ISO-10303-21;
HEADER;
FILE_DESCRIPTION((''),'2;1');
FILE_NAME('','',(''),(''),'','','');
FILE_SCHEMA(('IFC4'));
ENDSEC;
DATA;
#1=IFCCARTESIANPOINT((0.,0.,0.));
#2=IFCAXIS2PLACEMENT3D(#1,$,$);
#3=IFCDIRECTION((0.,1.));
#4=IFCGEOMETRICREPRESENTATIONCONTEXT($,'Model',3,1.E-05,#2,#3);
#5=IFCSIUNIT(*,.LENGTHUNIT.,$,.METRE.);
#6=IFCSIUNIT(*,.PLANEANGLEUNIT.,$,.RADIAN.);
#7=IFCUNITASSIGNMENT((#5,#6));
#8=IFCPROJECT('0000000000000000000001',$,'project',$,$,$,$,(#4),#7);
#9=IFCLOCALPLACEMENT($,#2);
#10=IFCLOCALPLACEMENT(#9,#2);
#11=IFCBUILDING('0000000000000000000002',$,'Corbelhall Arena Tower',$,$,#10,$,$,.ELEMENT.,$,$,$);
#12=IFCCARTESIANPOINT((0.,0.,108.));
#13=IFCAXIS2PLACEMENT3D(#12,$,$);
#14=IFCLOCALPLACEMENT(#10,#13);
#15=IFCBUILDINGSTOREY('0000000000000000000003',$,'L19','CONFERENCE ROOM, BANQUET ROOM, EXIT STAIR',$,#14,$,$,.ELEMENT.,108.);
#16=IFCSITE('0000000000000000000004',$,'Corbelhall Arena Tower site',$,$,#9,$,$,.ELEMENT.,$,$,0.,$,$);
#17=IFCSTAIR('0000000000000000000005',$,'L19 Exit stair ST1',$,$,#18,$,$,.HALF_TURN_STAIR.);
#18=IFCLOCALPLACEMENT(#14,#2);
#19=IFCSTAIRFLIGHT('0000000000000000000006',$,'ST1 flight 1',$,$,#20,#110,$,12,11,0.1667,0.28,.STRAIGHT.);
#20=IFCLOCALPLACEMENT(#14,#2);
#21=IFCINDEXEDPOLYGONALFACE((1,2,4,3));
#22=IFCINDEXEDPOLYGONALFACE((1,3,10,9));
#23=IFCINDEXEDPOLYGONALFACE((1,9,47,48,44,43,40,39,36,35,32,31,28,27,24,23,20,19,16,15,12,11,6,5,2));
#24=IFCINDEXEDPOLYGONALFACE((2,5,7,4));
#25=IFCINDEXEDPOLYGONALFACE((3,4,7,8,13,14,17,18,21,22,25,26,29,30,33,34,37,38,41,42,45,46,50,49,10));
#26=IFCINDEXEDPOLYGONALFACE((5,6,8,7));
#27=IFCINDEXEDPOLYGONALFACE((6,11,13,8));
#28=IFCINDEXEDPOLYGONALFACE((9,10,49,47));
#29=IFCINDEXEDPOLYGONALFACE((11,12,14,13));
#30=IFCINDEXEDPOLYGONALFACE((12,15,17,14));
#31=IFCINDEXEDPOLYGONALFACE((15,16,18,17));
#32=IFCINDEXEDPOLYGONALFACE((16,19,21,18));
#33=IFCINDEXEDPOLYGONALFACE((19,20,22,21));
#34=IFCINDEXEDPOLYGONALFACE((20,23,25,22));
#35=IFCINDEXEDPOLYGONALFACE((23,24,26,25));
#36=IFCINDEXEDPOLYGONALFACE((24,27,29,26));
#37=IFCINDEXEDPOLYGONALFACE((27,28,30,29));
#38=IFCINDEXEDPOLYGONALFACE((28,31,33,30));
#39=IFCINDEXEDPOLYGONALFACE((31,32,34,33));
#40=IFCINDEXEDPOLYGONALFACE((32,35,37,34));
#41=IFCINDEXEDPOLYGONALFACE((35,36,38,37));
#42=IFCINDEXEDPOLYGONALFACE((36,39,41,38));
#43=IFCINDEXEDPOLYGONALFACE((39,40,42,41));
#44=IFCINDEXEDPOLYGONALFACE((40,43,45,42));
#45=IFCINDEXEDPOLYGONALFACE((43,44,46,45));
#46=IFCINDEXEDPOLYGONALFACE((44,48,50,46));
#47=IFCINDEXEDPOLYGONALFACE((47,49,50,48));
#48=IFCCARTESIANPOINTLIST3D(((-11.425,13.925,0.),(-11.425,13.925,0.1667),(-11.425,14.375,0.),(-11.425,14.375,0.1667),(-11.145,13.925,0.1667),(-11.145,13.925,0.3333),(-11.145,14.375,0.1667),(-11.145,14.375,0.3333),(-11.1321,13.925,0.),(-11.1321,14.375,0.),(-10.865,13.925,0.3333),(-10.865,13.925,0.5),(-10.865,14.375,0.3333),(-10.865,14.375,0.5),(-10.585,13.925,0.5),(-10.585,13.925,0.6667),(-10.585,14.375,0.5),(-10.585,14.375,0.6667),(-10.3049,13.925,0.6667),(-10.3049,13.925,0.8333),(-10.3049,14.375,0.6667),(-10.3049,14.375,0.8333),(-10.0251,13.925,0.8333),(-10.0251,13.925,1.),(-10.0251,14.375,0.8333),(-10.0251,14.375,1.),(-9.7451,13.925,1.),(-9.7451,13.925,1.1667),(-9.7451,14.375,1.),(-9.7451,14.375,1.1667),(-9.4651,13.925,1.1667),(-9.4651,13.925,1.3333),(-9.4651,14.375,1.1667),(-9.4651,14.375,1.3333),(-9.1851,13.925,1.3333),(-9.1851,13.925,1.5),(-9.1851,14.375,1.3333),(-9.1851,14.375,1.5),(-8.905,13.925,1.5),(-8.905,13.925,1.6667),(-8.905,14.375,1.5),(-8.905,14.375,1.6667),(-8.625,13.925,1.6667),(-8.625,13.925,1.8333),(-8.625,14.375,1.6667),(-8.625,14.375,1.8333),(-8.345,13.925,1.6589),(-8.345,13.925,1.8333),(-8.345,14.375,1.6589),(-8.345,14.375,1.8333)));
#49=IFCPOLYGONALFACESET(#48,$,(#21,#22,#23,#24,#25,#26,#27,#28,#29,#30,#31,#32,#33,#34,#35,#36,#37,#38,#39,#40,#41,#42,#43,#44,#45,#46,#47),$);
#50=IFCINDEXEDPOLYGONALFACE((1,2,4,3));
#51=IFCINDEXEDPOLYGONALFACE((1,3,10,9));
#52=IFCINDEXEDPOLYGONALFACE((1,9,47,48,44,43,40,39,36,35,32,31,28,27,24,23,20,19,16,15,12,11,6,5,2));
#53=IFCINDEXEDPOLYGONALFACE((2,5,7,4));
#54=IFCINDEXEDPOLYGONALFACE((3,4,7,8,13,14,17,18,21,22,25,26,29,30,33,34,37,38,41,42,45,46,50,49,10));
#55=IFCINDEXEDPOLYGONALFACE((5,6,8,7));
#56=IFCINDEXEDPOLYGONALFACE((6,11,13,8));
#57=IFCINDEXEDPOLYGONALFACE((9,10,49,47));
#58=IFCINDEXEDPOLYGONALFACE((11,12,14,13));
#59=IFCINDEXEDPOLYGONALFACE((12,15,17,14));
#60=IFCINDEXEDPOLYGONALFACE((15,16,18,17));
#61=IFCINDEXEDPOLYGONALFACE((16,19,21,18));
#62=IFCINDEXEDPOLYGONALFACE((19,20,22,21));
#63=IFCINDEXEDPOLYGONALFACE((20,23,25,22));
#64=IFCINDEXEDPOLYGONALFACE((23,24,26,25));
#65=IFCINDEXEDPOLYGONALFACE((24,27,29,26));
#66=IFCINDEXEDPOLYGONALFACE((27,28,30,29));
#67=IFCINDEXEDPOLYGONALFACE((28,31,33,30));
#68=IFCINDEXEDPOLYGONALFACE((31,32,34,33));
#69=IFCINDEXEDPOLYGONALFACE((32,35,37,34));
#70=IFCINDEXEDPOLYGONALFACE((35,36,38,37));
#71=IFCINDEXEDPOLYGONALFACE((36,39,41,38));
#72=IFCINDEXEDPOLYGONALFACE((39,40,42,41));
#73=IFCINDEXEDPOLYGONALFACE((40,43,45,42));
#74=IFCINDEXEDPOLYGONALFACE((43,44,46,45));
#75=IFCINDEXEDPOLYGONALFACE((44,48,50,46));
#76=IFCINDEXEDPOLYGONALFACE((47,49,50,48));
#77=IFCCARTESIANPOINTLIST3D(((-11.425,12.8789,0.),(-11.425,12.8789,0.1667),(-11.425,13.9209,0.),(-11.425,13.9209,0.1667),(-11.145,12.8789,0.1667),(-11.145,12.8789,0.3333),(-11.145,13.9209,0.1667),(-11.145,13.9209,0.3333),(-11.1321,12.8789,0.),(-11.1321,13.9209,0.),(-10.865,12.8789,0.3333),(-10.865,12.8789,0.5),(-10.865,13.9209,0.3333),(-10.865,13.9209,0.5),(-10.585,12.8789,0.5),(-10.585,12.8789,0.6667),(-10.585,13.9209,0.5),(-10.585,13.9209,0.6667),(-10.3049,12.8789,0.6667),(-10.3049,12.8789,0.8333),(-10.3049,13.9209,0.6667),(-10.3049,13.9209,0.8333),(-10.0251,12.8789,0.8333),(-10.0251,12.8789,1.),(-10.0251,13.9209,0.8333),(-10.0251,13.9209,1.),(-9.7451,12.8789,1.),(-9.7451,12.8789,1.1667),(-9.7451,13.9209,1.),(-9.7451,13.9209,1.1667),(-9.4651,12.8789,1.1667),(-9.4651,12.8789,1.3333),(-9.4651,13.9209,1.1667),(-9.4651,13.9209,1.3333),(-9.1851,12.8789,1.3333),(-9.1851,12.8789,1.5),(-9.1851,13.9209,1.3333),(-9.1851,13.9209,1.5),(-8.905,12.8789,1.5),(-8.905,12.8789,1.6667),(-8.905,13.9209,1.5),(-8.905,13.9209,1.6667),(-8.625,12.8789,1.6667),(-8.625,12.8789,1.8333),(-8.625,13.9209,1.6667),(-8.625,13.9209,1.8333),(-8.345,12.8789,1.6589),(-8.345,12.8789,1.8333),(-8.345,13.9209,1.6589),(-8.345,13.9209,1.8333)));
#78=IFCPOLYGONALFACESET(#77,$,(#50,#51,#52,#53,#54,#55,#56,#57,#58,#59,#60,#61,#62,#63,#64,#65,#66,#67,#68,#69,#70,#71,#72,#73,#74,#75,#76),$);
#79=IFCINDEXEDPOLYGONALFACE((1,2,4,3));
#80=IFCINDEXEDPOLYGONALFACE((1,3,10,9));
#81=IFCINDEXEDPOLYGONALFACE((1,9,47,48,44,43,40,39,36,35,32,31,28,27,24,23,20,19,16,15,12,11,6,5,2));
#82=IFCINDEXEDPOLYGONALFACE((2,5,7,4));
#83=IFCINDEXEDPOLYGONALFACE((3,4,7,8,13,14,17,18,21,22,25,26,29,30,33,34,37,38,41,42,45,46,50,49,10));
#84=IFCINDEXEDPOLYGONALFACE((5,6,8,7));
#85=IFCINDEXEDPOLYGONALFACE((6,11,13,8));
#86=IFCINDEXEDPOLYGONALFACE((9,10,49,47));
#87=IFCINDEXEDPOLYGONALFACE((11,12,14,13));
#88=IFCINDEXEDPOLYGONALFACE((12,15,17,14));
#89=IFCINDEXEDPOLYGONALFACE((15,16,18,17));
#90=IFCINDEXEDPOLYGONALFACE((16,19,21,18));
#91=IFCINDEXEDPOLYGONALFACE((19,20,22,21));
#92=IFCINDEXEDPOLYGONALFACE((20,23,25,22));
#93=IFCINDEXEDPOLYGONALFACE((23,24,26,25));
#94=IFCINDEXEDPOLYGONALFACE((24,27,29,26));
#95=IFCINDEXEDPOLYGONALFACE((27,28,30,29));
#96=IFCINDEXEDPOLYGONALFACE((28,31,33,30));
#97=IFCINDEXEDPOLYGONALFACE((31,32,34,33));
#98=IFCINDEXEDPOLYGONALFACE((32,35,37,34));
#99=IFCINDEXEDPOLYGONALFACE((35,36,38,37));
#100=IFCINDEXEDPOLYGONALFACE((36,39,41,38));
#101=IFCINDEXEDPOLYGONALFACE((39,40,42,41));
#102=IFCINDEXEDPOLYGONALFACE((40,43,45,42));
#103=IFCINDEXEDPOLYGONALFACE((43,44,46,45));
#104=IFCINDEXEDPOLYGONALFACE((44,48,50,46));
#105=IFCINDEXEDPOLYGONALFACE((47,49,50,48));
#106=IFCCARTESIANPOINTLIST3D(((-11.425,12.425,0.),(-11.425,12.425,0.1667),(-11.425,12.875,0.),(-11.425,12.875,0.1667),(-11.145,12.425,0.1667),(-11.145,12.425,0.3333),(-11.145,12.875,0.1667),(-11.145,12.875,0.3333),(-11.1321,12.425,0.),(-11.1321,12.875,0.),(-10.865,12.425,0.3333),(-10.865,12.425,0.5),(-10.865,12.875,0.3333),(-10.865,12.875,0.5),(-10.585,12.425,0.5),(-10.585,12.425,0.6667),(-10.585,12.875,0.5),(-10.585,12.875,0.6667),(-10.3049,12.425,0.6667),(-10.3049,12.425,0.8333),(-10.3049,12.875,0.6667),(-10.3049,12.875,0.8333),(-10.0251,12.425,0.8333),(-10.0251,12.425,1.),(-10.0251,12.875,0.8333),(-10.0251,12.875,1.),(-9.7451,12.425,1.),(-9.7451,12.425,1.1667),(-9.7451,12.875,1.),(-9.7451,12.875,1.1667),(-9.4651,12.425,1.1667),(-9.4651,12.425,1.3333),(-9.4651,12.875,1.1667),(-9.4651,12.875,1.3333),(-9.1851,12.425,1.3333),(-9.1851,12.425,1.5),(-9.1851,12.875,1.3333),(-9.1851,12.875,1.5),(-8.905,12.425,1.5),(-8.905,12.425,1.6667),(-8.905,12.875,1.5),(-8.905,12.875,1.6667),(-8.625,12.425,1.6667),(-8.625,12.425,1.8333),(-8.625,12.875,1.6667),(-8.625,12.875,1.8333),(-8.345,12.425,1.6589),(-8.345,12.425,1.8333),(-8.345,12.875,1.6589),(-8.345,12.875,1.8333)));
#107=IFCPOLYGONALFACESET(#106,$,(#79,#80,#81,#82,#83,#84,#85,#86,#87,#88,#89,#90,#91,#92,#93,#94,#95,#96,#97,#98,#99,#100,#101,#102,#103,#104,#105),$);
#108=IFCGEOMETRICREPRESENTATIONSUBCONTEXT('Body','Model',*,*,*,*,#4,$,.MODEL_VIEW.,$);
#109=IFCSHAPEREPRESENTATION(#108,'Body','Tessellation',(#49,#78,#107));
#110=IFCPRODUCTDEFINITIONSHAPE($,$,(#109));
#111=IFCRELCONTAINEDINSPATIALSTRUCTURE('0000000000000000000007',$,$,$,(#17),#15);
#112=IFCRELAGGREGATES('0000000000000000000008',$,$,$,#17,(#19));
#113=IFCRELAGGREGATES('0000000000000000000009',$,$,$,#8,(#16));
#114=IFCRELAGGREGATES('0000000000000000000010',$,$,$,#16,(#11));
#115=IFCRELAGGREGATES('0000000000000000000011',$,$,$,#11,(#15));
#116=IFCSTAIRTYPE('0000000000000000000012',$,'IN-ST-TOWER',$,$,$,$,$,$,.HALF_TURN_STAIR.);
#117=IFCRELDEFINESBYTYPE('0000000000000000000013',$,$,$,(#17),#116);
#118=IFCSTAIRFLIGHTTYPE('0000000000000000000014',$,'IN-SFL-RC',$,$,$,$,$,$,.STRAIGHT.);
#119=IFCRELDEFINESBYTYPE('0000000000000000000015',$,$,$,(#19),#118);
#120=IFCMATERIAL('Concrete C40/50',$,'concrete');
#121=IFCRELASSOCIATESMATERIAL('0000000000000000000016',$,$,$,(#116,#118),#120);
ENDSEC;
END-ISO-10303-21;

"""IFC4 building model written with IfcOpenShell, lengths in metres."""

from ifc_helpers import new_model, si_unit, direction, frame, origin, place, context, subcontext, project, spatial, polyline, outline, extrude, material, type_object, element, aggregate, save


model = new_model("IFC4")

# Units and contexts
model_context = context("Model", 3, precision=1e-05, world=origin(), true_north=direction((0.0, 1.0)))
body_context = subcontext(model_context, "Body", "Model", "MODEL_VIEW")
ifc_project = project(units=[si_unit("LENGTHUNIT", "METRE"), si_unit("PLANEANGLEUNIT", "RADIAN")], contexts=[model_context])

# Site, building, storey
site_placement = place(None, origin())
site = spatial("IfcSite", under=ifc_project, at=site_placement, Name="Corbelhall Arena Tower site", CompositionType="ELEMENT", RefElevation=0.0)
building_placement = place(site_placement, origin())
building = spatial("IfcBuilding", under=site, at=building_placement, Name="Corbelhall Arena Tower", CompositionType="ELEMENT")
storey_placement = place(building_placement, frame((0.0, 0.0, 108.0)))
storey = spatial("IfcBuildingStorey", under=building, at=storey_placement, Name="L19", Description="CONFERENCE ROOM, BANQUET ROOM, EXIT STAIR", CompositionType="ELEMENT", Elevation=108.0)

# Shared definitions
ifc_material_1 = material(Name="Concrete C40/50", Category="concrete")

# Stair, stair flight
stair_type = type_object("IfcStairType", Name="IN-ST-TOWER", PredefinedType="HALF_TURN_STAIR", material=ifc_material_1)
stair_placement = place(storey_placement, origin())
stair = element("IfcStair", 1, at=stair_placement, inside=storey, type_object=stair_type, Name="L19 Exit stair ST1", PredefinedType="HALF_TURN_STAIR")
stair_flight_type = type_object("IfcStairFlightType", Name="IN-SFL-RC", PredefinedType="STRAIGHT", material=ifc_material_1)
stair_flight_placement = place(storey_placement, frame((-11.425, 13.3999, 0.0), z_axis=(0.0, 0.0, 1.0), x_axis=(1.0, 0.0, 0.0)))
stair_flight = element("IfcStairFlight", 2, at=stair_flight_placement, type_object=stair_flight_type, Name="ST1 flight 1", NumberOfRisers=12, NumberOfTreads=11, PredefinedType="STRAIGHT", RiserHeight=0.1667, TreadLength=0.28, context=body_context, shape_type="SweptSolid", body=[
    extrude(outline(polyline([(0.0, 0.0), (0.0, 0.1667), (0.28, 0.1667), (0.28, 0.3333), (0.5601, 0.3333), (0.5601, 0.5), (0.8401, 0.5), (0.8401, 0.6667), (1.1201, 0.6667), (1.1201, 0.8333), (1.3999, 0.8333), (1.3999, 1.0), (1.6799, 1.0), (1.6799, 1.1667), (1.96, 1.1667), (1.96, 1.3333), (2.24, 1.3333), (2.24, 1.5), (2.52, 1.5), (2.52, 1.6667), (2.8, 1.6667), (2.8, 1.8333), (3.0801, 1.8333), (3.0801, 2.0), (3.0801, 1.6589), (0.293, 0.0), (0.0, 0.0)])), frame((0.0, 0.9751, 0.0), z_axis=(0.0, -1.0, 0.0), x_axis=(1.0, 0.0, 0.0)), (0.0, 0.0, 1.0), 0.45),
    extrude(outline(polyline([(0.0, 0.0), (0.0, 0.1667), (0.28, 0.1667), (0.28, 0.3333), (0.5601, 0.3333), (0.5601, 0.5), (0.8401, 0.5), (0.8401, 0.6667), (1.1201, 0.6667), (1.1201, 0.8333), (1.3999, 0.8333), (1.3999, 1.0), (1.6799, 1.0), (1.6799, 1.1667), (1.96, 1.1667), (1.96, 1.3333), (2.24, 1.3333), (2.24, 1.5), (2.52, 1.5), (2.52, 1.6667), (2.8, 1.6667), (2.8, 1.8333), (3.0801, 1.8333), (3.0801, 2.0), (3.0801, 1.6589), (0.293, 0.0), (0.0, 0.0)])), frame((0.0, 0.521, 0.0), z_axis=(0.0, -1.0, 0.0), x_axis=(1.0, 0.0, 0.0)), (0.0, 0.0, 1.0), 1.042),
    extrude(outline(polyline([(0.0, 0.0), (0.0, 0.1667), (0.28, 0.1667), (0.28, 0.3333), (0.5601, 0.3333), (0.5601, 0.5), (0.8401, 0.5), (0.8401, 0.6667), (1.1201, 0.6667), (1.1201, 0.8333), (1.3999, 0.8333), (1.3999, 1.0), (1.6799, 1.0), (1.6799, 1.1667), (1.96, 1.1667), (1.96, 1.3333), (2.24, 1.3333), (2.24, 1.5), (2.52, 1.5), (2.52, 1.6667), (2.8, 1.6667), (2.8, 1.8333), (3.0801, 1.8333), (3.0801, 2.0), (3.0801, 1.6589), (0.293, 0.0), (0.0, 0.0)])), frame((0.0, -0.5249, 0.0), z_axis=(0.0, -1.0, 0.0), x_axis=(1.0, 0.0, 0.0)), (0.0, 0.0, 1.0), 0.45),
])
aggregate(stair, [stair_flight])

save(model, "model.ifc")
